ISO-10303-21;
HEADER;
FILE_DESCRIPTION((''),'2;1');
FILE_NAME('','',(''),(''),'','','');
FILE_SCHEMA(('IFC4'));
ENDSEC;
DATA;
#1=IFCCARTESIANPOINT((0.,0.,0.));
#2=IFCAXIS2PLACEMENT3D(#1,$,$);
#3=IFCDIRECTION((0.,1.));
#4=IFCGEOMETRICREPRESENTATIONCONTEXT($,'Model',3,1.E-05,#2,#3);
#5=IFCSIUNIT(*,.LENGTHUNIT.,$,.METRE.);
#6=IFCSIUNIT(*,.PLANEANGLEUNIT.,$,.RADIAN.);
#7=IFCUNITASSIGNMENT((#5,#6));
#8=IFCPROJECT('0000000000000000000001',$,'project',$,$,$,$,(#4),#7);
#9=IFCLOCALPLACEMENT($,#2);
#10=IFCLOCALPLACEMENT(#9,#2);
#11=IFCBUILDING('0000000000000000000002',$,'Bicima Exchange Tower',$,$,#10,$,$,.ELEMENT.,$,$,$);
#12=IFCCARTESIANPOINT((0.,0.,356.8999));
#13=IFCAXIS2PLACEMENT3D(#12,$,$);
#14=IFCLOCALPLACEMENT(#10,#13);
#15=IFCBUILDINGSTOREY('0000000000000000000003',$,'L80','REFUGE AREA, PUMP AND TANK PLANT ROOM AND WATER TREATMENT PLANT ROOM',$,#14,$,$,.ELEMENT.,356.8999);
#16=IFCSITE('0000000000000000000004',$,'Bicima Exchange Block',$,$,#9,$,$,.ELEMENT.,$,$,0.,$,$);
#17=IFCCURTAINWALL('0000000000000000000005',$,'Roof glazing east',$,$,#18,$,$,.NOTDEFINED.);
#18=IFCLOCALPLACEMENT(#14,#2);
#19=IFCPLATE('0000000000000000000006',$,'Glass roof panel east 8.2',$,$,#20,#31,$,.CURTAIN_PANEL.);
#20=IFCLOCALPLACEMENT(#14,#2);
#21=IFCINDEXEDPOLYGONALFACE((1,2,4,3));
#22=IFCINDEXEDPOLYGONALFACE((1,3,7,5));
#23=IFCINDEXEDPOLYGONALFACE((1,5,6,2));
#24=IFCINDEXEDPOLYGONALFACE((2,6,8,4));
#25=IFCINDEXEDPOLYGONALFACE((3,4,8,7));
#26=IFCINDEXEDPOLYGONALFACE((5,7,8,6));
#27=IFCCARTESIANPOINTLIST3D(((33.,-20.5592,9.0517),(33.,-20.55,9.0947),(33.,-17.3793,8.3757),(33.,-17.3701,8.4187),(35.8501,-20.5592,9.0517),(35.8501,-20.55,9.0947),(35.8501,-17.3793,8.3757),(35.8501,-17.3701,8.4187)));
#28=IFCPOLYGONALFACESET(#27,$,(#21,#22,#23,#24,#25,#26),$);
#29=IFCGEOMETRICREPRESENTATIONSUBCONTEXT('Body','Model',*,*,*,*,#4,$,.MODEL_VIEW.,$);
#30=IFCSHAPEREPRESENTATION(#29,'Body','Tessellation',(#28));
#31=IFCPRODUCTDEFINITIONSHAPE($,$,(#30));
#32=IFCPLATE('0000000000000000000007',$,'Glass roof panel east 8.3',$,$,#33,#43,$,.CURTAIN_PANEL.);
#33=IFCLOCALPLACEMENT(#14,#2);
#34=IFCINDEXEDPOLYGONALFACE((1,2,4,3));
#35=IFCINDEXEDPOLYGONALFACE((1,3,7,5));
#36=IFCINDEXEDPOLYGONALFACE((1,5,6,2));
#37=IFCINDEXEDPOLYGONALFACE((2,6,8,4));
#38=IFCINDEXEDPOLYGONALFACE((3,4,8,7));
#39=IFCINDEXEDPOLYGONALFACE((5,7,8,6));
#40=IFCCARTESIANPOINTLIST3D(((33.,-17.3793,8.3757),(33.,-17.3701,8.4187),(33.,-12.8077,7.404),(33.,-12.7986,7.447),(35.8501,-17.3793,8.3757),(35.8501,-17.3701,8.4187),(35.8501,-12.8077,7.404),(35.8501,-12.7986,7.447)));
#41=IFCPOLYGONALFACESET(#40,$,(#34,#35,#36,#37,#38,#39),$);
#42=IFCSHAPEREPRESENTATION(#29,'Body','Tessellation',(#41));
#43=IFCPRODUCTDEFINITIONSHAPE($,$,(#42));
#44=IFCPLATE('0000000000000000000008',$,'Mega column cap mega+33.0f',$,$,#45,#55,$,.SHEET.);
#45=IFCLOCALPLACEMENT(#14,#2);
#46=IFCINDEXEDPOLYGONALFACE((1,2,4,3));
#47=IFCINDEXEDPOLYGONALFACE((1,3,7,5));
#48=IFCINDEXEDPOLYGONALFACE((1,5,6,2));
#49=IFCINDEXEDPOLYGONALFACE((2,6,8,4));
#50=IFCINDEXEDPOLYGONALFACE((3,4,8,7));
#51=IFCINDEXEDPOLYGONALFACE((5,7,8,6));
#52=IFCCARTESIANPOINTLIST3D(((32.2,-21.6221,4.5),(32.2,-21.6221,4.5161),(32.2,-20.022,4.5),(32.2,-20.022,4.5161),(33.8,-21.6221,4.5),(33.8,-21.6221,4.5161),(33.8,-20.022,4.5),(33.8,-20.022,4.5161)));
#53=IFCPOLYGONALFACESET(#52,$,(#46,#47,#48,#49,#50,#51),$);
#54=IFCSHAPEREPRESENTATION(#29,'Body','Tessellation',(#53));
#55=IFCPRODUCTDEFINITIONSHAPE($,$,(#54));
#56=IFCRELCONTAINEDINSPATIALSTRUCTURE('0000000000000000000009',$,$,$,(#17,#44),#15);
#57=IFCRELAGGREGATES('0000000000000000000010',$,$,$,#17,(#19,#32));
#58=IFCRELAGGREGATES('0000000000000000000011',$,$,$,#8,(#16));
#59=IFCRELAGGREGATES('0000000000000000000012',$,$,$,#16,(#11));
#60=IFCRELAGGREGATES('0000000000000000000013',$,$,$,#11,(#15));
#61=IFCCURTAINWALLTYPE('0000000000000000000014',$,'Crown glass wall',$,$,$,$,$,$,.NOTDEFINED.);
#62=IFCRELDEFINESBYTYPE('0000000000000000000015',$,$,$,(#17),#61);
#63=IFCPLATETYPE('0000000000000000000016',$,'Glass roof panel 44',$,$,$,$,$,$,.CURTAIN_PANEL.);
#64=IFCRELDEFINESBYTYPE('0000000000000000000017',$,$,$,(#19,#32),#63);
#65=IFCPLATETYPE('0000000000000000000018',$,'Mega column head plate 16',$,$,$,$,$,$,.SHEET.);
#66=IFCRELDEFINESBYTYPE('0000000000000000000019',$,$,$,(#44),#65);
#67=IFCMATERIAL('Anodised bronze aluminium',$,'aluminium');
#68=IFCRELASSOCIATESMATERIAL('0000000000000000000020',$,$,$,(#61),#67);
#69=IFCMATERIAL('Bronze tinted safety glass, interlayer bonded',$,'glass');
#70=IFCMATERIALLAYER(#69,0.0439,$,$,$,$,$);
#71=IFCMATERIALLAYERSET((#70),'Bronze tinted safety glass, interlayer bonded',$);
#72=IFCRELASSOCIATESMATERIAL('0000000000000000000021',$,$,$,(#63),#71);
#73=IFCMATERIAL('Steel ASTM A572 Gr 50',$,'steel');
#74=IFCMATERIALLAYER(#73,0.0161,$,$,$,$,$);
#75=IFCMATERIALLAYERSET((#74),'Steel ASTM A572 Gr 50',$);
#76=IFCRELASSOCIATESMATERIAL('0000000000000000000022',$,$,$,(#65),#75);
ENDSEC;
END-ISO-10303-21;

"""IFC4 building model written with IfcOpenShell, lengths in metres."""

from ifc_helpers import new_model, si_unit, direction, frame, origin, origin_2d, place, context, subcontext, project, spatial, polyline, rectangle, outline, extrude, material, layer, layer_set, type_object, element, aggregate, save


model = new_model("IFC4")

# Units and contexts
model_context = context("Model", 3, precision=1e-05, world=origin(), true_north=direction((0.0, 1.0)))
body_context = subcontext(model_context, "Body", "Model", "MODEL_VIEW")
ifc_project = project(units=[si_unit("LENGTHUNIT", "METRE"), si_unit("PLANEANGLEUNIT", "RADIAN")], contexts=[model_context])

# Site, building, storey
site_placement = place(None, origin())
site = spatial("IfcSite", under=ifc_project, at=site_placement, Name="Bicima Exchange Block", CompositionType="ELEMENT", RefElevation=0.0)
building_placement = place(site_placement, origin())
building = spatial("IfcBuilding", under=site, at=building_placement, Name="Bicima Exchange Tower", CompositionType="ELEMENT")
storey_placement = place(building_placement, frame((0.0, 0.0, 356.8999)))
storey = spatial("IfcBuildingStorey", under=building, at=storey_placement, Name="L80", Description="REFUGE AREA, PUMP AND TANK PLANT ROOM AND WATER TREATMENT PLANT ROOM", CompositionType="ELEMENT", Elevation=356.8999)

# Shared definitions
ifc_material_1 = material(Name="Steel ASTM A572 Gr 50", Category="steel")

# Curtain wall
ifc_material_2 = material(Name="Anodised bronze aluminium", Category="aluminium")
curtain_wall_type = type_object("IfcCurtainWallType", Name="Crown glass wall", PredefinedType="NOTDEFINED", material=ifc_material_2)
curtain_wall_1_placement = place(storey_placement, origin())
curtain_wall_1 = element("IfcCurtainWall", 1, at=curtain_wall_1_placement, inside=storey, type_object=curtain_wall_type, Name="Roof glazing east", PredefinedType="NOTDEFINED")

# Shared definitions
ifc_material_3 = material(Name="Bronze tinted safety glass, interlayer bonded", Category="glass")
ifc_layer_1 = layer(ifc_material_3, 0.0439)
ifc_layer_set_1 = layer_set([ifc_layer_1], Name="Bronze tinted safety glass, interlayer bonded")
plate_type_1 = type_object("IfcPlateType", Name="Glass roof panel 44", PredefinedType="CURTAIN_PANEL", material=ifc_layer_set_1)

# Plates
plate_1_placement = place(storey_placement, frame((33.0, -20.55, 9.0947), z_axis=(0.0, 0.207944, 0.978141), x_axis=(0.0, 0.978141, -0.207944)))
plate_1 = element("IfcPlate", 2, at=plate_1_placement, type_object=plate_type_1, Name="Glass roof panel east 8.2", PredefinedType="CURTAIN_PANEL", context=body_context, shape_type="SweptSolid", body=[
    extrude(outline(polyline([(0.0, 0.0), (3.251, 0.0), (3.251, -2.8501), (0.0, -2.8501), (0.0, 0.0)])), origin(), (0.0, 0.0, -1.0), 0.0439),
])
plate_2_placement = place(storey_placement, frame((35.8501, -17.3701, 8.4187), z_axis=(0.0, 0.207906, 0.978149), x_axis=(-1.0, 0.0, 0.0)))
plate_2 = element("IfcPlate", 3, at=plate_2_placement, type_object=plate_type_1, Name="Glass roof panel east 8.3", PredefinedType="CURTAIN_PANEL", context=body_context, shape_type="SweptSolid", body=[
    extrude(outline(polyline([(0.0, 0.0), (2.8501, 0.0), (2.8501, -4.6737), (0.0, -4.6737), (0.0, 0.0)])), origin(), (0.0, 0.0, -1.0), 0.0439),
])
aggregate(curtain_wall_1, [plate_1, plate_2])
ifc_layer_2 = layer(ifc_material_1, 0.0161)
ifc_layer_set_2 = layer_set([ifc_layer_2], Name="Steel ASTM A572 Gr 50")
plate_type_2 = type_object("IfcPlateType", Name="Mega column head plate 16", PredefinedType="SHEET", material=ifc_layer_set_2)
plate_3_placement = place(storey_placement, frame((33.0, -20.822, 4.5), z_axis=(0.0, 0.0, 1.0), x_axis=(1.0, 0.0, 0.0)))
element("IfcPlate", 4, at=plate_3_placement, inside=storey, type_object=plate_type_2, Name="Mega column cap mega+33.0f", PredefinedType="SHEET", context=body_context, shape_type="SweptSolid", body=[
    extrude(rectangle(XDim=1.6001, YDim=1.6001, at=origin_2d()), origin(), (0.0, 0.0, 1.0), 0.0161),
])

save(model, "model.ifc")
